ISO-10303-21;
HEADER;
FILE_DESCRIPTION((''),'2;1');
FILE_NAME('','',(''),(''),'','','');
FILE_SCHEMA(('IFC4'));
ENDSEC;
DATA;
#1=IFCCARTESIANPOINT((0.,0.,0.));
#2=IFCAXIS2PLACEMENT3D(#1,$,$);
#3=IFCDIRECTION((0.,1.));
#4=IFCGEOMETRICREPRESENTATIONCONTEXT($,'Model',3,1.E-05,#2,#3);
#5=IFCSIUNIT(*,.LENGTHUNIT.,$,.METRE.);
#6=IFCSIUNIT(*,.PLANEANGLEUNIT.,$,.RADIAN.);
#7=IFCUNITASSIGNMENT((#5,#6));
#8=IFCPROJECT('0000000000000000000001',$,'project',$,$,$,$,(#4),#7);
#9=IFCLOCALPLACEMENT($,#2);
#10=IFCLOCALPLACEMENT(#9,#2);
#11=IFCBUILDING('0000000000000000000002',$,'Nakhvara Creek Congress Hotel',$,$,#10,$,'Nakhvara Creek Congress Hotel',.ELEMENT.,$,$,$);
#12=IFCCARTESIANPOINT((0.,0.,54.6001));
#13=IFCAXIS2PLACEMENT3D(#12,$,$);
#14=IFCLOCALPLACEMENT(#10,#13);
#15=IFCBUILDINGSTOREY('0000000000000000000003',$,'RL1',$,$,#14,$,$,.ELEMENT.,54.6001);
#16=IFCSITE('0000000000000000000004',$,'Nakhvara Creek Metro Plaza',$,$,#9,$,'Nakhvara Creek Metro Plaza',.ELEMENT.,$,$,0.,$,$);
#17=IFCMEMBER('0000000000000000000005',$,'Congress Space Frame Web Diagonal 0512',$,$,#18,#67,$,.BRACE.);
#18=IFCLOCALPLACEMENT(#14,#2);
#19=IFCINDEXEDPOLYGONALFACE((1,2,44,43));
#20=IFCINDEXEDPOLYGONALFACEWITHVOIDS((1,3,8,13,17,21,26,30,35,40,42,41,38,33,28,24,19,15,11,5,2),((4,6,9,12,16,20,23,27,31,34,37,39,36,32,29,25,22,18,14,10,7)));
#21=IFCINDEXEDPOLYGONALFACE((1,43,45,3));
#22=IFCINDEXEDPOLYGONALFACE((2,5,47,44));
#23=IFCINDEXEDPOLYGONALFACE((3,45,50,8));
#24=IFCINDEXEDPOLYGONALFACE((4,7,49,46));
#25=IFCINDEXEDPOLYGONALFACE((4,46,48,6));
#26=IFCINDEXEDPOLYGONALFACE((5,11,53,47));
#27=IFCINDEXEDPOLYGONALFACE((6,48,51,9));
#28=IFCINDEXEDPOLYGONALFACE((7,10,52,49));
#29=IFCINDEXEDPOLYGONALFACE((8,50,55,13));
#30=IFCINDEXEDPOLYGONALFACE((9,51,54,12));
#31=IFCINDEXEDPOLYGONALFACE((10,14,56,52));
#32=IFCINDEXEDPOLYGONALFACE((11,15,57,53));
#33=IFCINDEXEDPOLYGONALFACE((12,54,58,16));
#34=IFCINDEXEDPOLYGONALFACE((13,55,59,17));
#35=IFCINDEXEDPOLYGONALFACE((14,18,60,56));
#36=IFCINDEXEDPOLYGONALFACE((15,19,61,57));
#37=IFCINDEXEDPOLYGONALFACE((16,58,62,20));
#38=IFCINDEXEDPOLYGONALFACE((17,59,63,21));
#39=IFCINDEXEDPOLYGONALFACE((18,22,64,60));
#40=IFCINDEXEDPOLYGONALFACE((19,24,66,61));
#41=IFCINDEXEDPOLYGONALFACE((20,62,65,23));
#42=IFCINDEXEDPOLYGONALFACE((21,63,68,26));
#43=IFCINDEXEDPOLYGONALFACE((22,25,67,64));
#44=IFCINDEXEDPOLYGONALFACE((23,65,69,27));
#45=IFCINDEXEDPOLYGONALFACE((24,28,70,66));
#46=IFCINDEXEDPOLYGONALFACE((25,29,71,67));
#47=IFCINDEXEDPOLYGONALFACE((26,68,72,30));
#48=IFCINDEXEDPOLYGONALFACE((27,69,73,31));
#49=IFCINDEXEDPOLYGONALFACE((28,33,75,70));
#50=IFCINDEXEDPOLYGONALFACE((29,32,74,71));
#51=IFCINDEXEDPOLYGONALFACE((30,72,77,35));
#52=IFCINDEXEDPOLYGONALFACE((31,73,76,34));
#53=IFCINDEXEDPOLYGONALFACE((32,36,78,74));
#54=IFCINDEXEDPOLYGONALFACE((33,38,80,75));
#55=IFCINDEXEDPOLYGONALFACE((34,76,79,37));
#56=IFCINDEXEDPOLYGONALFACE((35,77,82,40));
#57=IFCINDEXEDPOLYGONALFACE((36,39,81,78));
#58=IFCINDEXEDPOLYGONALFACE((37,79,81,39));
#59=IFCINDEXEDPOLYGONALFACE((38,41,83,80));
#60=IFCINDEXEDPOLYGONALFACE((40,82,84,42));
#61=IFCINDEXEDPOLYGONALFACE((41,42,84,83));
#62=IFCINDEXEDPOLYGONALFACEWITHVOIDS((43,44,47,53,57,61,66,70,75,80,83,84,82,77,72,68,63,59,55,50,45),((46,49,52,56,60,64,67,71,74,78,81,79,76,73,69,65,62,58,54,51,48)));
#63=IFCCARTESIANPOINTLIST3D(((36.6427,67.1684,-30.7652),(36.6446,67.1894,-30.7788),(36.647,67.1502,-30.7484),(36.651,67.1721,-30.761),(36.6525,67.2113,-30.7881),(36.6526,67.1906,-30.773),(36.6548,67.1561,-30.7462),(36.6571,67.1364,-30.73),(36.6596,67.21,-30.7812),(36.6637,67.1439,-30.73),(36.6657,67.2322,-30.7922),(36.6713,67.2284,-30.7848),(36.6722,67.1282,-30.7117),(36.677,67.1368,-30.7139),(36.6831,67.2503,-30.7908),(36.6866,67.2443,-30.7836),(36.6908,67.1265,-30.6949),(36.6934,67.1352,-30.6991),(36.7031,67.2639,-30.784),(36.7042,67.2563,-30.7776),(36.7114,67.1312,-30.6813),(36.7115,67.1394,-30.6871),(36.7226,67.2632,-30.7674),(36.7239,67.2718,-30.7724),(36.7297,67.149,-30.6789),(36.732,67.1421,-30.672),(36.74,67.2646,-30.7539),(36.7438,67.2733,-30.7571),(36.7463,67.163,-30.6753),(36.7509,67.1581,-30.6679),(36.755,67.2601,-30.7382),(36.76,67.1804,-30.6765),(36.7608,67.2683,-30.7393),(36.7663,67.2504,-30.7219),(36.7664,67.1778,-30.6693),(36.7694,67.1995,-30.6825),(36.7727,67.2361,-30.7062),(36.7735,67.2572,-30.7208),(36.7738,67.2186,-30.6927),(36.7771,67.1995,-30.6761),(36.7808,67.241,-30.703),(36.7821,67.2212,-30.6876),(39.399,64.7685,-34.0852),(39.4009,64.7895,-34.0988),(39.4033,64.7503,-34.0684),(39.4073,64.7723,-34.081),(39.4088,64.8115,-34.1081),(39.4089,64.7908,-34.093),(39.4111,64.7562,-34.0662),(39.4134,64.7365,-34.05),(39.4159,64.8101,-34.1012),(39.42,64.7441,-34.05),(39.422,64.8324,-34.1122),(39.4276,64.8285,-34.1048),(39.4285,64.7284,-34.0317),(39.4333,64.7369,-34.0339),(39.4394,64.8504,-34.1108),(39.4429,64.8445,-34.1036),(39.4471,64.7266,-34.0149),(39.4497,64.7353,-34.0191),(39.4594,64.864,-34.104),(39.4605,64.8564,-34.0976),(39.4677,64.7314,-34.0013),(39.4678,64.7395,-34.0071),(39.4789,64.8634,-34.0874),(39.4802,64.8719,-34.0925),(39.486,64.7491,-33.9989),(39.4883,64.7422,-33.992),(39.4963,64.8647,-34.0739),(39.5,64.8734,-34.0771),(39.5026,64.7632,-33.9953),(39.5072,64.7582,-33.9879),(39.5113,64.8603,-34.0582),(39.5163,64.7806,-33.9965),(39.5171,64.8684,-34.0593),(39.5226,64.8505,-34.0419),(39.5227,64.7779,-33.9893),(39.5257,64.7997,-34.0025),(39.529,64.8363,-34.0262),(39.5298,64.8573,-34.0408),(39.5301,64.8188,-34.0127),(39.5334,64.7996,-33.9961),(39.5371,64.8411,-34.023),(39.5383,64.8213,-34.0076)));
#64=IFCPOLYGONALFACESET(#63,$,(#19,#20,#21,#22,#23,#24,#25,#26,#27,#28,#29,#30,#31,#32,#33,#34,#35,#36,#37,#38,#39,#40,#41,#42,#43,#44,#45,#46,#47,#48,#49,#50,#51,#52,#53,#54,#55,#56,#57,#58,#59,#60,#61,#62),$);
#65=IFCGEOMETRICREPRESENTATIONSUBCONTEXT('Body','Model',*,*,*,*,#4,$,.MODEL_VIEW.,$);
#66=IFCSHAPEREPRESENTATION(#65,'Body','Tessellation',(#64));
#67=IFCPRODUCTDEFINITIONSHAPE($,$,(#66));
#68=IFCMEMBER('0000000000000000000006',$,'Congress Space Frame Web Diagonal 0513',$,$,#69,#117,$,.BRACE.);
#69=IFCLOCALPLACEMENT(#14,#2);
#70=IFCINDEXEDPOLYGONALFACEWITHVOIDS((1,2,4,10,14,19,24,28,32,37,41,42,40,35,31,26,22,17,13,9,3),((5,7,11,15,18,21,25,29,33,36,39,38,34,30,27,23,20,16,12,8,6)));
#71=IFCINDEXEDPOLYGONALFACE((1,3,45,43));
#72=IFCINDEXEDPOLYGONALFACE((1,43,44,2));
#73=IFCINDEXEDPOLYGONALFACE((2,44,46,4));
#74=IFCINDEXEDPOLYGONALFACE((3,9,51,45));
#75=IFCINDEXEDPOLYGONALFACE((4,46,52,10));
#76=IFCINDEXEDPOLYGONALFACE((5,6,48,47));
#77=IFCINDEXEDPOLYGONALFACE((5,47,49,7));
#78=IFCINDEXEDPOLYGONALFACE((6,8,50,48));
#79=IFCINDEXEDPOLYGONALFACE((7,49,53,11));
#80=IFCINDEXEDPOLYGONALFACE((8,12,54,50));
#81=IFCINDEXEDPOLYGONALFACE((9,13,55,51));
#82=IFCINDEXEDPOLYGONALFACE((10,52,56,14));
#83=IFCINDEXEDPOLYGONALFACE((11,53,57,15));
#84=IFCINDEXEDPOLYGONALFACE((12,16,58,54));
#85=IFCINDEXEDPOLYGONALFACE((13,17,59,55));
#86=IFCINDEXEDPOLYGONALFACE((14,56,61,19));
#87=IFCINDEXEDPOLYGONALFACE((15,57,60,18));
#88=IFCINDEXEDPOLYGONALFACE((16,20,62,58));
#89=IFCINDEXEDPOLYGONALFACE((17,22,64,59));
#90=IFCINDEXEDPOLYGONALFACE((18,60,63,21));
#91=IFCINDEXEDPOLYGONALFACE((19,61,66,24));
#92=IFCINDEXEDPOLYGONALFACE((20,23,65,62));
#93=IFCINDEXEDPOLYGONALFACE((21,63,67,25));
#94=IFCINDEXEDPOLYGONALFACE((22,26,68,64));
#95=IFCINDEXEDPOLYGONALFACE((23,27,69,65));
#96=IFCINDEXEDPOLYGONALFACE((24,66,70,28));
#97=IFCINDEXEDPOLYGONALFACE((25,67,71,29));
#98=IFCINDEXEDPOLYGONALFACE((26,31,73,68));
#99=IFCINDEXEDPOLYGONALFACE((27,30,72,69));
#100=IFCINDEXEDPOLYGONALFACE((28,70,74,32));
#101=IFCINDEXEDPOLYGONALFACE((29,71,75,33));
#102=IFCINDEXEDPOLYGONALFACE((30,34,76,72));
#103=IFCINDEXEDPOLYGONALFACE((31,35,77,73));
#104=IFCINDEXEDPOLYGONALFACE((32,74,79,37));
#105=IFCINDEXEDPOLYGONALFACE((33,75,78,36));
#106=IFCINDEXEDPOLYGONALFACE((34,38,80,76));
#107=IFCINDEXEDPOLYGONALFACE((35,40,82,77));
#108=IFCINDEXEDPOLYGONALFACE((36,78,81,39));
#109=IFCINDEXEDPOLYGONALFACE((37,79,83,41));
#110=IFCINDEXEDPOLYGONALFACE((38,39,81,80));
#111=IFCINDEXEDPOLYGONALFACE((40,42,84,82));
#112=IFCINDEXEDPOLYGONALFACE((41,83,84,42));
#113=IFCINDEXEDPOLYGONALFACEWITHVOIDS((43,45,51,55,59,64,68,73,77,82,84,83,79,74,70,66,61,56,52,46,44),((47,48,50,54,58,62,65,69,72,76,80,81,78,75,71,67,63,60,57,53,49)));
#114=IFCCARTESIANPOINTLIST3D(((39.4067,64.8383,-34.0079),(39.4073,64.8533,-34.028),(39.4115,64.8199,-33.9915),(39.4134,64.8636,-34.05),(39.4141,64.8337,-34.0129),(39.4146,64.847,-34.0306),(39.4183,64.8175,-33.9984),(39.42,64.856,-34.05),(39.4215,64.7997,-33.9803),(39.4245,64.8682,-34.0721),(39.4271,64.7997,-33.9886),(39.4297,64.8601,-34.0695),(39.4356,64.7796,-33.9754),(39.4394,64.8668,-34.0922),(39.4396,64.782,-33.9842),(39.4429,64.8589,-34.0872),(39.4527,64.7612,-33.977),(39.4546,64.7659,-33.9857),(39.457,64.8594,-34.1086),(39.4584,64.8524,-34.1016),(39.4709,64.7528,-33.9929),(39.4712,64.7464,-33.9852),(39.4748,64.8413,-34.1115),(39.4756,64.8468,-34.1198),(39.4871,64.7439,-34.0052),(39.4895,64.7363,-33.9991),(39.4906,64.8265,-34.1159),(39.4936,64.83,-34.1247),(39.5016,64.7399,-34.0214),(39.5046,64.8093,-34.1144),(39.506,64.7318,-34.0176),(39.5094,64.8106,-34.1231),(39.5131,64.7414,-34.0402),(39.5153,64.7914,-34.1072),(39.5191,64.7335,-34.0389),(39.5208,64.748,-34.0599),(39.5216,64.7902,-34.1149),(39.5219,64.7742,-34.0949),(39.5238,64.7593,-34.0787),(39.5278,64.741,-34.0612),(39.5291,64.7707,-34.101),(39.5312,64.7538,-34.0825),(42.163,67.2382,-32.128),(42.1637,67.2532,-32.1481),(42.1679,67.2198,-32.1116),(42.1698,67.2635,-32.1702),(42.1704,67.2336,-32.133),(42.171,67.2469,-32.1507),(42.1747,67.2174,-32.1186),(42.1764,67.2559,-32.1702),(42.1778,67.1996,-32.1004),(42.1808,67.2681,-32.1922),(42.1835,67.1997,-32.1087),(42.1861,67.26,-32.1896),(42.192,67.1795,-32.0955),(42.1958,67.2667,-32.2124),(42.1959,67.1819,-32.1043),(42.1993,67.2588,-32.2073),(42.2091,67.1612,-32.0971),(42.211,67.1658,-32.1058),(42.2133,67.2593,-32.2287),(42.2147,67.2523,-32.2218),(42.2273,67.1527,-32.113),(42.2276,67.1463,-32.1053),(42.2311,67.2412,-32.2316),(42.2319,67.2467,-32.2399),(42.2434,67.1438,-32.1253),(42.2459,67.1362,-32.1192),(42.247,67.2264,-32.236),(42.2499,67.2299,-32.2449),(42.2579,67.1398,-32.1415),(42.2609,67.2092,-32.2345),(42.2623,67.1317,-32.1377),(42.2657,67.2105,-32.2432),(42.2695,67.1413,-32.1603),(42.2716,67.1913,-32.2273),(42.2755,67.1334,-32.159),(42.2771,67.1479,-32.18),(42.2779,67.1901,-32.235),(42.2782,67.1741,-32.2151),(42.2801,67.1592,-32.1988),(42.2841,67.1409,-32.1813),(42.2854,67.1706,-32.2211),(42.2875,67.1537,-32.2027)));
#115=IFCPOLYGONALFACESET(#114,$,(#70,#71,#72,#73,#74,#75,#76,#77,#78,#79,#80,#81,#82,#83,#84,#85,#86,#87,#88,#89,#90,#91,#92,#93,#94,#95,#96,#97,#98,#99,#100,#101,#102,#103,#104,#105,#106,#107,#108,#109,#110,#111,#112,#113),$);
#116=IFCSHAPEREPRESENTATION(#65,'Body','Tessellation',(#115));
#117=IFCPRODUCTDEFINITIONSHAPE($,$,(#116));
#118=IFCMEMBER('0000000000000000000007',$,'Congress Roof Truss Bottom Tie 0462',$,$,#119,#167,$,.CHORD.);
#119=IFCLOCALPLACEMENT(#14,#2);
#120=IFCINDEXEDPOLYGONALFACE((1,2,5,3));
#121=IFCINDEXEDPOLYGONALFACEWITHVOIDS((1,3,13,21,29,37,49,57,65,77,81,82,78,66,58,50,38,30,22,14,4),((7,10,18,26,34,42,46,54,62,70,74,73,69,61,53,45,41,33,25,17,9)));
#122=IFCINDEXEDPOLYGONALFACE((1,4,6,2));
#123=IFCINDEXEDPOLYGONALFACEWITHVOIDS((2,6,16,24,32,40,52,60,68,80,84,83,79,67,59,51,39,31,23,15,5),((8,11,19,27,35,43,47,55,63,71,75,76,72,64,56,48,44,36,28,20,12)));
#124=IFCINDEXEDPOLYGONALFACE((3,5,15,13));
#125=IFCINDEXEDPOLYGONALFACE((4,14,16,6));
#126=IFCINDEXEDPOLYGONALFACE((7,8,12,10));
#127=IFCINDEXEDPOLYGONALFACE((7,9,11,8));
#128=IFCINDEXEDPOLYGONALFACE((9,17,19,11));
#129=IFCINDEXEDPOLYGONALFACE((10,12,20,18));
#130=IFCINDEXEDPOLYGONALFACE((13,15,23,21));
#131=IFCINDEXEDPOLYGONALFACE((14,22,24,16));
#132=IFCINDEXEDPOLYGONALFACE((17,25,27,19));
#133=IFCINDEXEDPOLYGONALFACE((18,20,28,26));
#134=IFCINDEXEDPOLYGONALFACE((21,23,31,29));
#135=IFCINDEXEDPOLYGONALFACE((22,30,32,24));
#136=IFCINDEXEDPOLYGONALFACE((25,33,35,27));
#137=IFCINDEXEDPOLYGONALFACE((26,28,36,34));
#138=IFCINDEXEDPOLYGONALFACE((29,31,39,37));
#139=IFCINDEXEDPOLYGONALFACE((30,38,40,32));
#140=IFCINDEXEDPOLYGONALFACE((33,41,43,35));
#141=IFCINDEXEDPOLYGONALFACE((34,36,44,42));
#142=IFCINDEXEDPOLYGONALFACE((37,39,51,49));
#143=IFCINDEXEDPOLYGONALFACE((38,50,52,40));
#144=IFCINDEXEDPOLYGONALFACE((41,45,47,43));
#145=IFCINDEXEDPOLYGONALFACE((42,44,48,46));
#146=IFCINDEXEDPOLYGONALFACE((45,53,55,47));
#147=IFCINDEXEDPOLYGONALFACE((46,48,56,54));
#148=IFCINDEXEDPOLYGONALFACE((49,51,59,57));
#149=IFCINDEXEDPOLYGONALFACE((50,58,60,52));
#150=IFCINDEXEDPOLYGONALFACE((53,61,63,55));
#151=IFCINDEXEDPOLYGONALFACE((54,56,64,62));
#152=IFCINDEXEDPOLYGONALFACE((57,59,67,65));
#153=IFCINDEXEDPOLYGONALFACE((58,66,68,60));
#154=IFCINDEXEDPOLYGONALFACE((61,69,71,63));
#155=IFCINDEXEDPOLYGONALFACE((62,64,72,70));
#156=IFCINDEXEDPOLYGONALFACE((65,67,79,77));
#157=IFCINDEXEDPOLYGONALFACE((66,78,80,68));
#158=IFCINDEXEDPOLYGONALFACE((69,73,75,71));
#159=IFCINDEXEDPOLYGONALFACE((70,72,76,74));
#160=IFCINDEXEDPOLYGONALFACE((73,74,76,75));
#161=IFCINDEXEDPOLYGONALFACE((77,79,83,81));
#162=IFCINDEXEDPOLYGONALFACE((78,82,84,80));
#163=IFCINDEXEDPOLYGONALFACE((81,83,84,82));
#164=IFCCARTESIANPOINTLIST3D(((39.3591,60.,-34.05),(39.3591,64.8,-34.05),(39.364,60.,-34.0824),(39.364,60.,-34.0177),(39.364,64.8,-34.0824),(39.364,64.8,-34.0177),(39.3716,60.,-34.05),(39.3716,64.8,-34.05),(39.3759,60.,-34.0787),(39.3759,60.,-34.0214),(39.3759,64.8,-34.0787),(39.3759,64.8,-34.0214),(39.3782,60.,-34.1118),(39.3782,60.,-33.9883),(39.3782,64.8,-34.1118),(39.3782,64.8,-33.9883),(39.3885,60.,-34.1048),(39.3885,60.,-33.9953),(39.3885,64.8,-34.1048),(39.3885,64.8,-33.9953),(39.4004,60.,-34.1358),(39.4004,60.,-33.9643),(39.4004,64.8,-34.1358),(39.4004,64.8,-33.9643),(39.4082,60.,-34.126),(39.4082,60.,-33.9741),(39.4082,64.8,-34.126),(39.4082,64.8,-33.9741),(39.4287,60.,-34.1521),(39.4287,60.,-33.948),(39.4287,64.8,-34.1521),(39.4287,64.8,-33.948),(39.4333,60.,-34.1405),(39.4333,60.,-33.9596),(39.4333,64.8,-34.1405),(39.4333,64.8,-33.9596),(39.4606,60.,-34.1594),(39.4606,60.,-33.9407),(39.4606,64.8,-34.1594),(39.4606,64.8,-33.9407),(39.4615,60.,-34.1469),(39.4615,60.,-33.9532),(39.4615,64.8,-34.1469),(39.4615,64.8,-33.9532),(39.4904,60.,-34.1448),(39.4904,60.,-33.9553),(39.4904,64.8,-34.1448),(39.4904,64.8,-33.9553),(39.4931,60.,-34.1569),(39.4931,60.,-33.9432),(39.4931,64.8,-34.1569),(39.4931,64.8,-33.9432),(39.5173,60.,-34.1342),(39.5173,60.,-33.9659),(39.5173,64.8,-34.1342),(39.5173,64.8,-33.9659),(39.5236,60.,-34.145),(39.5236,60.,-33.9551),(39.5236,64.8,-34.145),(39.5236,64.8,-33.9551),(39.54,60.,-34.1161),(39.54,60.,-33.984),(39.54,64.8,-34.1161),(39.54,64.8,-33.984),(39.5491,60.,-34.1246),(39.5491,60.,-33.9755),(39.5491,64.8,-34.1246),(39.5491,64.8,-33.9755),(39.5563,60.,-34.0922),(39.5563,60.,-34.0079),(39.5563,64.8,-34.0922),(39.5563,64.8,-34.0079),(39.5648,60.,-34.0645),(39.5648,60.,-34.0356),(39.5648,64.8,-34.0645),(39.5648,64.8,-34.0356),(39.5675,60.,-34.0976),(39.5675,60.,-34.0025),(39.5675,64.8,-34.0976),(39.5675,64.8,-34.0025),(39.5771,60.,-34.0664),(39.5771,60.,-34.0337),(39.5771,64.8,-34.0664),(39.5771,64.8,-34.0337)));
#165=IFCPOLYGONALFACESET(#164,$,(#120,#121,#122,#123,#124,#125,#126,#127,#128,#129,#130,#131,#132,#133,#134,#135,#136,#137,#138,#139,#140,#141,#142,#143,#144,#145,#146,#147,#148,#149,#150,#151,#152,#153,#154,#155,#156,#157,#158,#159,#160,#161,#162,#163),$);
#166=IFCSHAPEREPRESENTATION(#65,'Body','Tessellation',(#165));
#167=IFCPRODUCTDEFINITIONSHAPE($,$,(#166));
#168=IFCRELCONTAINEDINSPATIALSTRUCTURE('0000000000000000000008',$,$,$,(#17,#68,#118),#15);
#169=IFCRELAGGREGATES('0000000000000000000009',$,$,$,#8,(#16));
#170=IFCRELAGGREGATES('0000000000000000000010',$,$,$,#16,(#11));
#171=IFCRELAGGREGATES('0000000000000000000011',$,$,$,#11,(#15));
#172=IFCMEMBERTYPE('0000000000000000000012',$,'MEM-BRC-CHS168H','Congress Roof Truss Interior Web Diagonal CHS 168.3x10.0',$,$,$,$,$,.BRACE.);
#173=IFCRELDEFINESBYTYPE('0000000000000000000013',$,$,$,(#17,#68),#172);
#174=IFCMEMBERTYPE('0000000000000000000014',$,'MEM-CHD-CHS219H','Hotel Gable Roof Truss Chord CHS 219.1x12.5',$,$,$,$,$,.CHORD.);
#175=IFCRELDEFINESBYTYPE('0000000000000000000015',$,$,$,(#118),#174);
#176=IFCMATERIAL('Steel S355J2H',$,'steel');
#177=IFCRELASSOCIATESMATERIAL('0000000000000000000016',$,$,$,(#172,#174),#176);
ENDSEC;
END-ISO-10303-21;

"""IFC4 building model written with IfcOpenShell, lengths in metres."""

from ifc_helpers import new_model, si_unit, direction, frame, origin, origin_2d, place, context, subcontext, project, spatial, hollow_circle, extrude, material, material_profile, profile_set, type_object, element, save


model = new_model("IFC4")

# Units and contexts
model_context = context("Model", 3, precision=1e-05, world=origin(), true_north=direction((0.0, 1.0)))
body_context = subcontext(model_context, "Body", "Model", "MODEL_VIEW")
ifc_project = project(units=[si_unit("LENGTHUNIT", "METRE"), si_unit("PLANEANGLEUNIT", "RADIAN")], contexts=[model_context])

# Site, building, storey
site_placement = place(None, origin())
site = spatial("IfcSite", under=ifc_project, at=site_placement, Name="Nakhvara Creek Metro Plaza", LongName="Nakhvara Creek Metro Plaza", CompositionType="ELEMENT", RefElevation=0.0)
building_placement = place(site_placement, origin())
building = spatial("IfcBuilding", under=site, at=building_placement, Name="Nakhvara Creek Congress Hotel", LongName="Nakhvara Creek Congress Hotel", CompositionType="ELEMENT")
storey_placement = place(building_placement, frame((0.0, 0.0, 54.6001)))
storey = spatial("IfcBuildingStorey", under=building, at=storey_placement, Name="RL1", CompositionType="ELEMENT", Elevation=54.6001)

# Members
ifc_material_1 = material(Name="Steel S355J2H", Category="steel")
ifc_material_profile_1 = material_profile(ifc_material_1, hollow_circle(Radius=0.0842, WallThickness=0.01, at=origin_2d()), Name="CHS 168.3x10.0", Category="LoadBearing")
ifc_profile_set_1 = profile_set([ifc_material_profile_1], Name="Steel S355J2H")
member_type_1 = type_object("IfcMemberType", Name="MEM-BRC-CHS168H", Description="Congress Roof Truss Interior Web Diagonal CHS 168.3x10.0", PredefinedType="BRACE", material=ifc_profile_set_1)
member_1_placement = place(storey_placement, frame((39.4688, 64.8, -34.05), z_axis=(-0.558237, 0.486047, 0.672406), x_axis=(-0.656658, -0.754188, 0.0)))
element("IfcMember", 1, at=member_1_placement, inside=storey, type_object=member_type_1, Name="Congress Space Frame Web Diagonal 0512", PredefinedType="BRACE", context=body_context, shape_type="SweptSolid", body=[
    extrude(hollow_circle(Radius=0.0842, WallThickness=0.01, at=origin_2d()), origin(), (0.0, 0.0, 1.0), 4.9375),
])
member_2_placement = place(storey_placement, frame((39.4688, 64.8, -34.05), z_axis=(0.670667, 0.583938, 0.457408), x_axis=(-0.656658, 0.754188, 0.0)))
element("IfcMember", 2, at=member_2_placement, inside=storey, type_object=member_type_1, Name="Congress Space Frame Web Diagonal 0513", PredefinedType="BRACE", context=body_context, shape_type="SweptSolid", body=[
    extrude(hollow_circle(Radius=0.0842, WallThickness=0.01, at=origin_2d()), origin(), (0.0, 0.0, 1.0), 4.1099),
])
ifc_material_profile_2 = material_profile(ifc_material_1, hollow_circle(Radius=0.1096, WallThickness=0.0125, at=origin_2d()), Name="CHS 219.1x12.5", Category="LoadBearing")
ifc_profile_set_2 = profile_set([ifc_material_profile_2], Name="Steel S355J2H")
member_type_2 = type_object("IfcMemberType", Name="MEM-CHD-CHS219H", Description="Hotel Gable Roof Truss Chord CHS 219.1x12.5", PredefinedType="CHORD", material=ifc_profile_set_2)
for number, where, z_axis, x_axis, name in (
    (3, (39.4688, 60.0, -34.05), (0.0, 1.0, 0.0), (-1.0, 0.0, 0.0), "Congress Roof Truss Bottom Tie 0462"),
):
    element("IfcMember", number, at=place(storey_placement, frame(where, z_axis=z_axis, x_axis=x_axis)), inside=storey, type_object=member_type_2, Name=name, PredefinedType="CHORD", context=body_context, shape_type="SweptSolid", body=[
        extrude(hollow_circle(Radius=0.1096, WallThickness=0.0125, at=origin_2d()), origin(), (0.0, 0.0, 1.0), 4.8),
    ])

save(model, "model.ifc")
